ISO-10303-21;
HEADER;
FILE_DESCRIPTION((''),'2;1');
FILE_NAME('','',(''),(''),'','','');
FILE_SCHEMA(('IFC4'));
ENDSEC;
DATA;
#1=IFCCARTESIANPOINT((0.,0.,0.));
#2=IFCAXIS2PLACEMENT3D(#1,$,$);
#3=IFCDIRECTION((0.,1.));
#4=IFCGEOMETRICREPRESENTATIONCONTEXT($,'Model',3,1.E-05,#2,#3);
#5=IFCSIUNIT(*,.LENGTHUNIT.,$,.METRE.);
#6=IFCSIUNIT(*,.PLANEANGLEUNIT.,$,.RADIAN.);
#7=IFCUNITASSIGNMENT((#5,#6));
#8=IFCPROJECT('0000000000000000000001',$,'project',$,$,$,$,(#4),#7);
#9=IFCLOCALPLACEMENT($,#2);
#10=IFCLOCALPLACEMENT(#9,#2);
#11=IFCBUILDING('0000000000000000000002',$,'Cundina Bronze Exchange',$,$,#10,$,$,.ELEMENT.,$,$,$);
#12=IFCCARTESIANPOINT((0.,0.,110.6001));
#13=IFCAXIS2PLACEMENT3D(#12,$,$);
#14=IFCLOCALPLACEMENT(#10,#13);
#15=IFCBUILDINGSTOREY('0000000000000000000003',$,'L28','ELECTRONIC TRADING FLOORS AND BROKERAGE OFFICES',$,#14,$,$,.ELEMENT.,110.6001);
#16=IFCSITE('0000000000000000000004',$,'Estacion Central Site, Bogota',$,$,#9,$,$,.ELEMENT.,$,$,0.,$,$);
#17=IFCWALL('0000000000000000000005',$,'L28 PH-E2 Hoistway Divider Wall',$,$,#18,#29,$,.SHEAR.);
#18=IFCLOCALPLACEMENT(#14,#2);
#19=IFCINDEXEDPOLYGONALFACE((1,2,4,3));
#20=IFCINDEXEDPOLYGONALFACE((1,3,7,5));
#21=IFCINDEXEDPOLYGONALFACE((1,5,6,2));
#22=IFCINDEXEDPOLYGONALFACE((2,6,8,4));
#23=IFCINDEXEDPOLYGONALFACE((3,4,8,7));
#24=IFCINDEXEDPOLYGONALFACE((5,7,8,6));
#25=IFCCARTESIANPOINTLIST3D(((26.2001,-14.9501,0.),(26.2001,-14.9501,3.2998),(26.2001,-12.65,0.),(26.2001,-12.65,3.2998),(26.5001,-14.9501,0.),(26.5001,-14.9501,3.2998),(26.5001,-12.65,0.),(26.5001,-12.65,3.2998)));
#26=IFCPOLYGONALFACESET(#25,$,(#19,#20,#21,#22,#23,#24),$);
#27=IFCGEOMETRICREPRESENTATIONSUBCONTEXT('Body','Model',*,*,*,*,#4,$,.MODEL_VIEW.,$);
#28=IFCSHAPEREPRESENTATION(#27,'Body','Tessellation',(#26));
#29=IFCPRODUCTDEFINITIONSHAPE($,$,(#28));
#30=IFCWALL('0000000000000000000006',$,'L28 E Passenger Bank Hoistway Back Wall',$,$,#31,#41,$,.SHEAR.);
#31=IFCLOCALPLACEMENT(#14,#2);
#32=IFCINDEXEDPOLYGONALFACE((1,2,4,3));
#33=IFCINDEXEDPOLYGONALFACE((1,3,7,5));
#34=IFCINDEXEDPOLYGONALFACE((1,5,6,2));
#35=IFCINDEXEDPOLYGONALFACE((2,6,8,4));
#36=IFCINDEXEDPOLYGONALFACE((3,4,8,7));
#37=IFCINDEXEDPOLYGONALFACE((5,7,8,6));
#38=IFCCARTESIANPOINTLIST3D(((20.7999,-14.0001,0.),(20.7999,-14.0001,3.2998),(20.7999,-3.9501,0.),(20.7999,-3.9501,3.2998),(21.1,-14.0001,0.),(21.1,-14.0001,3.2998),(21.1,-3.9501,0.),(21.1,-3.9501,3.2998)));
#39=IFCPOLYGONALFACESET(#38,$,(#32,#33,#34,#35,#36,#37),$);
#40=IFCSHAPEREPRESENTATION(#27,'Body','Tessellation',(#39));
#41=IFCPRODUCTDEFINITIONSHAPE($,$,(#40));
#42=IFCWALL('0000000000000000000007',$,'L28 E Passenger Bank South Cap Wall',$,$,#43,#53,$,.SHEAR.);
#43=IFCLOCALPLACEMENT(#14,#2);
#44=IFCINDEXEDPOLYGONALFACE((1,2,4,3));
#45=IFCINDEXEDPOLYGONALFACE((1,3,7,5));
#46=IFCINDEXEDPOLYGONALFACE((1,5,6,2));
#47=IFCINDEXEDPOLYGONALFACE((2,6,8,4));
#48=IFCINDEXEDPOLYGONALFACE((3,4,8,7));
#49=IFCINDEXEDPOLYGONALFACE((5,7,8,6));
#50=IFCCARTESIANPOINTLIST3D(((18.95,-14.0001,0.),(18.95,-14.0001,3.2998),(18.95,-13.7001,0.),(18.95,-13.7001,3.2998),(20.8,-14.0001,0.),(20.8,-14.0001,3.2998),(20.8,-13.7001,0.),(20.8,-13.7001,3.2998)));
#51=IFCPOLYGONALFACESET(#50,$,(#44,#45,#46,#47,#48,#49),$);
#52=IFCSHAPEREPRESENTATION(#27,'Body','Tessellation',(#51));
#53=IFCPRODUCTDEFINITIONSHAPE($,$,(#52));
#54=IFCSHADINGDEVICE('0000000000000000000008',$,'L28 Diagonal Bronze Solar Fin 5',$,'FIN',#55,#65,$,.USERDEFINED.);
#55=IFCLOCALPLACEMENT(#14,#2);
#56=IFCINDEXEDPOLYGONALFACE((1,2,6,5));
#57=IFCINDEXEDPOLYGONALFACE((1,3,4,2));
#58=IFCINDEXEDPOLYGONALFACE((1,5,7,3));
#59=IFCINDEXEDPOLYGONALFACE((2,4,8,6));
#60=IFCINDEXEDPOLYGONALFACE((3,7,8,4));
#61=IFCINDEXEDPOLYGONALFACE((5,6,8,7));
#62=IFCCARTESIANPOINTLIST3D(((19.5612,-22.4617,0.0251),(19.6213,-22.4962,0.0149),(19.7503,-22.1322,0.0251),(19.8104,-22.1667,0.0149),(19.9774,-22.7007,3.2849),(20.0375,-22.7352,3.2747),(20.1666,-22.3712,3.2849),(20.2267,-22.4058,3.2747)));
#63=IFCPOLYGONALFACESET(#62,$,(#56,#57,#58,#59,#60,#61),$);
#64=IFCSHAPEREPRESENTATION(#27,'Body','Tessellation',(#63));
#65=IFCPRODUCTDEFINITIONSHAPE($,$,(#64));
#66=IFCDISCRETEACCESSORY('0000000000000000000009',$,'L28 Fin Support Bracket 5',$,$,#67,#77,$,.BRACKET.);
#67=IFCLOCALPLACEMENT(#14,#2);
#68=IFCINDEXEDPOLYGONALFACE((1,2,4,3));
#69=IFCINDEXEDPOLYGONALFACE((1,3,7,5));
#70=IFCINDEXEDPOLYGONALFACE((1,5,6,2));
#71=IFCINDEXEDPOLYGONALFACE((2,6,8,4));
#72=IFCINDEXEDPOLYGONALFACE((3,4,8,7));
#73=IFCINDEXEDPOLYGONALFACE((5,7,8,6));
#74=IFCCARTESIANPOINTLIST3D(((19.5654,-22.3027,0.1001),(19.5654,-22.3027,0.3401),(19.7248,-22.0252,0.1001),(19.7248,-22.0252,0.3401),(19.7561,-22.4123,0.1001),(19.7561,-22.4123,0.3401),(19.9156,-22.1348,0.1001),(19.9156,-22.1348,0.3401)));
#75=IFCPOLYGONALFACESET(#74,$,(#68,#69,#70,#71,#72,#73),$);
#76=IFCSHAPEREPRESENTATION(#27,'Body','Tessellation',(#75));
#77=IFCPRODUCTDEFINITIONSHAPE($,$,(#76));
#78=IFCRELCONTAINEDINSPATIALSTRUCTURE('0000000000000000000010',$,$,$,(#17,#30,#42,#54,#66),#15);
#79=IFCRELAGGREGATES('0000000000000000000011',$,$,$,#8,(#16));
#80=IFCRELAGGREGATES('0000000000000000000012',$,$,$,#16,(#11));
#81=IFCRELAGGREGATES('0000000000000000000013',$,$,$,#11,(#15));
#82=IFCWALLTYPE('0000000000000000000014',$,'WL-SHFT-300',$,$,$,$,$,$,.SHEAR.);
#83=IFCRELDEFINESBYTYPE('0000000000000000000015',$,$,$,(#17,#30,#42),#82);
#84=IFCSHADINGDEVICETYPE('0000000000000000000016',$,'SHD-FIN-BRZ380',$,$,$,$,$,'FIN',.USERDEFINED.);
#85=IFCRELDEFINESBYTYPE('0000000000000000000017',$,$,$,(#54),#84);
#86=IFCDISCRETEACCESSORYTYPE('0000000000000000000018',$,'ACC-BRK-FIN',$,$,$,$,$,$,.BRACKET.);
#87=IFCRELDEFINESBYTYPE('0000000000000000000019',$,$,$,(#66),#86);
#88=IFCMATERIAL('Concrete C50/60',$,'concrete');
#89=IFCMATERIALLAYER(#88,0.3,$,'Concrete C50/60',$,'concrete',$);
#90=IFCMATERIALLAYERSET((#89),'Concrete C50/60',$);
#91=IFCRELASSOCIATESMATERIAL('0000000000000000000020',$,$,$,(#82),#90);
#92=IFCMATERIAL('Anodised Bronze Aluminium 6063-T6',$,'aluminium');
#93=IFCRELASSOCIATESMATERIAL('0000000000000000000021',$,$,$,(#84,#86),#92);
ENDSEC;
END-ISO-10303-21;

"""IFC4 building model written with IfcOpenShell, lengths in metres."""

from ifc_helpers import new_model, si_unit, direction, frame, frame_2d, origin, origin_2d, place, context, subcontext, project, spatial, rectangle, extrude, material, layer, layer_set, material_profile, profile_set, type_object, element, save


model = new_model("IFC4")

# Units and contexts
model_context = context("Model", 3, precision=1e-05, world=origin(), true_north=direction((0.0, 1.0)))
body_context = subcontext(model_context, "Body", "Model", "MODEL_VIEW")
ifc_project = project(units=[si_unit("LENGTHUNIT", "METRE"), si_unit("PLANEANGLEUNIT", "RADIAN")], contexts=[model_context])

# Site, building, storey
site_placement = place(None, origin())
site = spatial("IfcSite", under=ifc_project, at=site_placement, Name="Estacion Central Site, Bogota", CompositionType="ELEMENT", RefElevation=0.0)
building_placement = place(site_placement, origin())
building = spatial("IfcBuilding", under=site, at=building_placement, Name="Cundina Bronze Exchange", CompositionType="ELEMENT")
storey_placement = place(building_placement, frame((0.0, 0.0, 110.6001)))
storey = spatial("IfcBuildingStorey", under=building, at=storey_placement, Name="L28", Description="ELECTRONIC TRADING FLOORS AND BROKERAGE OFFICES", CompositionType="ELEMENT", Elevation=110.6001)

# Shared definitions
ifc_material_1 = material(Name="Anodised Bronze Aluminium 6063-T6", Category="aluminium")

# Walls
ifc_material_2 = material(Name="Concrete C50/60", Category="concrete")
ifc_layer_1 = layer(ifc_material_2, 0.3, Name="Concrete C50/60", Category="concrete")
ifc_layer_set_1 = layer_set([ifc_layer_1], Name="Concrete C50/60")
wall_type_1 = type_object("IfcWallType", Name="WL-SHFT-300", PredefinedType="SHEAR", material=ifc_layer_set_1)
wall_1_placement = place(storey_placement, frame((26.3501, -14.95, 0.0), z_axis=(0.0, 0.0, 1.0), x_axis=(0.0, 1.0, 0.0)))
element("IfcWall", 1, at=wall_1_placement, inside=storey, type_object=wall_type_1, Name="L28 PH-E2 Hoistway Divider Wall", PredefinedType="SHEAR", context=body_context, shape_type="SweptSolid", body=[
    extrude(rectangle(XDim=2.3, YDim=0.3, at=frame_2d((1.1499, 0.0))), origin(), (0.0, 0.0, 1.0), 3.2998),
])
wall_2_placement = place(storey_placement, frame((20.95, -14.0, 0.0), z_axis=(0.0, 0.0, 1.0), x_axis=(0.0, 1.0, 0.0)))
element("IfcWall", 2, at=wall_2_placement, inside=storey, type_object=wall_type_1, Name="L28 E Passenger Bank Hoistway Back Wall", PredefinedType="SHEAR", context=body_context, shape_type="SweptSolid", body=[
    extrude(rectangle(XDim=10.05, YDim=0.3, at=frame_2d((5.0249, 0.0))), origin(), (0.0, 0.0, 1.0), 3.2998),
])
wall_3_placement = place(storey_placement, frame((18.95, -13.8501, 0.0), z_axis=(0.0, 0.0, 1.0), x_axis=(1.0, 0.0, 0.0)))
element("IfcWall", 3, at=wall_3_placement, inside=storey, type_object=wall_type_1, Name="L28 E Passenger Bank South Cap Wall", PredefinedType="SHEAR", context=body_context, shape_type="SweptSolid", body=[
    extrude(rectangle(XDim=1.8501, YDim=0.3, at=frame_2d((0.925, 0.0))), origin(), (0.0, 0.0, 1.0), 3.2998),
])

# Shading device
ifc_material_profile_1 = material_profile(ifc_material_1, rectangle(XDim=0.0701, YDim=0.3799, at=origin_2d()), Name="FIN70X380", Category="aluminium")
ifc_profile_set_1 = profile_set([ifc_material_profile_1], Name="Anodised Bronze Aluminium 6063-T6")
shading_device_type = type_object("IfcShadingDeviceType", Name="SHD-FIN-BRZ380", ElementType="FIN", PredefinedType="USERDEFINED", material=ifc_profile_set_1)
shading_device_placement = place(storey_placement, frame((19.6858, -22.3142, 0.02), z_axis=(0.126334, -0.07254, 0.989332), x_axis=(-0.857957, 0.492633, 0.145679)))
element("IfcShadingDevice", 4, at=shading_device_placement, inside=storey, type_object=shading_device_type, Name="L28 Diagonal Bronze Solar Fin 5", ObjectType="FIN", PredefinedType="USERDEFINED", context=body_context, shape_type="SweptSolid", body=[
    extrude(rectangle(XDim=0.0701, YDim=0.3799, at=origin_2d()), origin(), (0.0, 0.0, 1.0), 3.2949),
])

# Discrete accessory
discrete_accessory_type = type_object("IfcDiscreteAccessoryType", Name="ACC-BRK-FIN", PredefinedType="BRACKET", material=ifc_material_1)
discrete_accessory_placement = place(storey_placement, frame((19.7405, -22.2188, 0.1001), z_axis=(0.0, 0.0, 1.0), x_axis=(0.867105, -0.498125, 0.0)))
element("IfcDiscreteAccessory", 5, at=discrete_accessory_placement, inside=storey, type_object=discrete_accessory_type, Name="L28 Fin Support Bracket 5", PredefinedType="BRACKET", context=body_context, shape_type="SweptSolid", body=[
    extrude(rectangle(XDim=0.22, YDim=0.3201, at=origin_2d()), origin(), (0.0, 0.0, 1.0), 0.24),
])

save(model, "model.ifc")
